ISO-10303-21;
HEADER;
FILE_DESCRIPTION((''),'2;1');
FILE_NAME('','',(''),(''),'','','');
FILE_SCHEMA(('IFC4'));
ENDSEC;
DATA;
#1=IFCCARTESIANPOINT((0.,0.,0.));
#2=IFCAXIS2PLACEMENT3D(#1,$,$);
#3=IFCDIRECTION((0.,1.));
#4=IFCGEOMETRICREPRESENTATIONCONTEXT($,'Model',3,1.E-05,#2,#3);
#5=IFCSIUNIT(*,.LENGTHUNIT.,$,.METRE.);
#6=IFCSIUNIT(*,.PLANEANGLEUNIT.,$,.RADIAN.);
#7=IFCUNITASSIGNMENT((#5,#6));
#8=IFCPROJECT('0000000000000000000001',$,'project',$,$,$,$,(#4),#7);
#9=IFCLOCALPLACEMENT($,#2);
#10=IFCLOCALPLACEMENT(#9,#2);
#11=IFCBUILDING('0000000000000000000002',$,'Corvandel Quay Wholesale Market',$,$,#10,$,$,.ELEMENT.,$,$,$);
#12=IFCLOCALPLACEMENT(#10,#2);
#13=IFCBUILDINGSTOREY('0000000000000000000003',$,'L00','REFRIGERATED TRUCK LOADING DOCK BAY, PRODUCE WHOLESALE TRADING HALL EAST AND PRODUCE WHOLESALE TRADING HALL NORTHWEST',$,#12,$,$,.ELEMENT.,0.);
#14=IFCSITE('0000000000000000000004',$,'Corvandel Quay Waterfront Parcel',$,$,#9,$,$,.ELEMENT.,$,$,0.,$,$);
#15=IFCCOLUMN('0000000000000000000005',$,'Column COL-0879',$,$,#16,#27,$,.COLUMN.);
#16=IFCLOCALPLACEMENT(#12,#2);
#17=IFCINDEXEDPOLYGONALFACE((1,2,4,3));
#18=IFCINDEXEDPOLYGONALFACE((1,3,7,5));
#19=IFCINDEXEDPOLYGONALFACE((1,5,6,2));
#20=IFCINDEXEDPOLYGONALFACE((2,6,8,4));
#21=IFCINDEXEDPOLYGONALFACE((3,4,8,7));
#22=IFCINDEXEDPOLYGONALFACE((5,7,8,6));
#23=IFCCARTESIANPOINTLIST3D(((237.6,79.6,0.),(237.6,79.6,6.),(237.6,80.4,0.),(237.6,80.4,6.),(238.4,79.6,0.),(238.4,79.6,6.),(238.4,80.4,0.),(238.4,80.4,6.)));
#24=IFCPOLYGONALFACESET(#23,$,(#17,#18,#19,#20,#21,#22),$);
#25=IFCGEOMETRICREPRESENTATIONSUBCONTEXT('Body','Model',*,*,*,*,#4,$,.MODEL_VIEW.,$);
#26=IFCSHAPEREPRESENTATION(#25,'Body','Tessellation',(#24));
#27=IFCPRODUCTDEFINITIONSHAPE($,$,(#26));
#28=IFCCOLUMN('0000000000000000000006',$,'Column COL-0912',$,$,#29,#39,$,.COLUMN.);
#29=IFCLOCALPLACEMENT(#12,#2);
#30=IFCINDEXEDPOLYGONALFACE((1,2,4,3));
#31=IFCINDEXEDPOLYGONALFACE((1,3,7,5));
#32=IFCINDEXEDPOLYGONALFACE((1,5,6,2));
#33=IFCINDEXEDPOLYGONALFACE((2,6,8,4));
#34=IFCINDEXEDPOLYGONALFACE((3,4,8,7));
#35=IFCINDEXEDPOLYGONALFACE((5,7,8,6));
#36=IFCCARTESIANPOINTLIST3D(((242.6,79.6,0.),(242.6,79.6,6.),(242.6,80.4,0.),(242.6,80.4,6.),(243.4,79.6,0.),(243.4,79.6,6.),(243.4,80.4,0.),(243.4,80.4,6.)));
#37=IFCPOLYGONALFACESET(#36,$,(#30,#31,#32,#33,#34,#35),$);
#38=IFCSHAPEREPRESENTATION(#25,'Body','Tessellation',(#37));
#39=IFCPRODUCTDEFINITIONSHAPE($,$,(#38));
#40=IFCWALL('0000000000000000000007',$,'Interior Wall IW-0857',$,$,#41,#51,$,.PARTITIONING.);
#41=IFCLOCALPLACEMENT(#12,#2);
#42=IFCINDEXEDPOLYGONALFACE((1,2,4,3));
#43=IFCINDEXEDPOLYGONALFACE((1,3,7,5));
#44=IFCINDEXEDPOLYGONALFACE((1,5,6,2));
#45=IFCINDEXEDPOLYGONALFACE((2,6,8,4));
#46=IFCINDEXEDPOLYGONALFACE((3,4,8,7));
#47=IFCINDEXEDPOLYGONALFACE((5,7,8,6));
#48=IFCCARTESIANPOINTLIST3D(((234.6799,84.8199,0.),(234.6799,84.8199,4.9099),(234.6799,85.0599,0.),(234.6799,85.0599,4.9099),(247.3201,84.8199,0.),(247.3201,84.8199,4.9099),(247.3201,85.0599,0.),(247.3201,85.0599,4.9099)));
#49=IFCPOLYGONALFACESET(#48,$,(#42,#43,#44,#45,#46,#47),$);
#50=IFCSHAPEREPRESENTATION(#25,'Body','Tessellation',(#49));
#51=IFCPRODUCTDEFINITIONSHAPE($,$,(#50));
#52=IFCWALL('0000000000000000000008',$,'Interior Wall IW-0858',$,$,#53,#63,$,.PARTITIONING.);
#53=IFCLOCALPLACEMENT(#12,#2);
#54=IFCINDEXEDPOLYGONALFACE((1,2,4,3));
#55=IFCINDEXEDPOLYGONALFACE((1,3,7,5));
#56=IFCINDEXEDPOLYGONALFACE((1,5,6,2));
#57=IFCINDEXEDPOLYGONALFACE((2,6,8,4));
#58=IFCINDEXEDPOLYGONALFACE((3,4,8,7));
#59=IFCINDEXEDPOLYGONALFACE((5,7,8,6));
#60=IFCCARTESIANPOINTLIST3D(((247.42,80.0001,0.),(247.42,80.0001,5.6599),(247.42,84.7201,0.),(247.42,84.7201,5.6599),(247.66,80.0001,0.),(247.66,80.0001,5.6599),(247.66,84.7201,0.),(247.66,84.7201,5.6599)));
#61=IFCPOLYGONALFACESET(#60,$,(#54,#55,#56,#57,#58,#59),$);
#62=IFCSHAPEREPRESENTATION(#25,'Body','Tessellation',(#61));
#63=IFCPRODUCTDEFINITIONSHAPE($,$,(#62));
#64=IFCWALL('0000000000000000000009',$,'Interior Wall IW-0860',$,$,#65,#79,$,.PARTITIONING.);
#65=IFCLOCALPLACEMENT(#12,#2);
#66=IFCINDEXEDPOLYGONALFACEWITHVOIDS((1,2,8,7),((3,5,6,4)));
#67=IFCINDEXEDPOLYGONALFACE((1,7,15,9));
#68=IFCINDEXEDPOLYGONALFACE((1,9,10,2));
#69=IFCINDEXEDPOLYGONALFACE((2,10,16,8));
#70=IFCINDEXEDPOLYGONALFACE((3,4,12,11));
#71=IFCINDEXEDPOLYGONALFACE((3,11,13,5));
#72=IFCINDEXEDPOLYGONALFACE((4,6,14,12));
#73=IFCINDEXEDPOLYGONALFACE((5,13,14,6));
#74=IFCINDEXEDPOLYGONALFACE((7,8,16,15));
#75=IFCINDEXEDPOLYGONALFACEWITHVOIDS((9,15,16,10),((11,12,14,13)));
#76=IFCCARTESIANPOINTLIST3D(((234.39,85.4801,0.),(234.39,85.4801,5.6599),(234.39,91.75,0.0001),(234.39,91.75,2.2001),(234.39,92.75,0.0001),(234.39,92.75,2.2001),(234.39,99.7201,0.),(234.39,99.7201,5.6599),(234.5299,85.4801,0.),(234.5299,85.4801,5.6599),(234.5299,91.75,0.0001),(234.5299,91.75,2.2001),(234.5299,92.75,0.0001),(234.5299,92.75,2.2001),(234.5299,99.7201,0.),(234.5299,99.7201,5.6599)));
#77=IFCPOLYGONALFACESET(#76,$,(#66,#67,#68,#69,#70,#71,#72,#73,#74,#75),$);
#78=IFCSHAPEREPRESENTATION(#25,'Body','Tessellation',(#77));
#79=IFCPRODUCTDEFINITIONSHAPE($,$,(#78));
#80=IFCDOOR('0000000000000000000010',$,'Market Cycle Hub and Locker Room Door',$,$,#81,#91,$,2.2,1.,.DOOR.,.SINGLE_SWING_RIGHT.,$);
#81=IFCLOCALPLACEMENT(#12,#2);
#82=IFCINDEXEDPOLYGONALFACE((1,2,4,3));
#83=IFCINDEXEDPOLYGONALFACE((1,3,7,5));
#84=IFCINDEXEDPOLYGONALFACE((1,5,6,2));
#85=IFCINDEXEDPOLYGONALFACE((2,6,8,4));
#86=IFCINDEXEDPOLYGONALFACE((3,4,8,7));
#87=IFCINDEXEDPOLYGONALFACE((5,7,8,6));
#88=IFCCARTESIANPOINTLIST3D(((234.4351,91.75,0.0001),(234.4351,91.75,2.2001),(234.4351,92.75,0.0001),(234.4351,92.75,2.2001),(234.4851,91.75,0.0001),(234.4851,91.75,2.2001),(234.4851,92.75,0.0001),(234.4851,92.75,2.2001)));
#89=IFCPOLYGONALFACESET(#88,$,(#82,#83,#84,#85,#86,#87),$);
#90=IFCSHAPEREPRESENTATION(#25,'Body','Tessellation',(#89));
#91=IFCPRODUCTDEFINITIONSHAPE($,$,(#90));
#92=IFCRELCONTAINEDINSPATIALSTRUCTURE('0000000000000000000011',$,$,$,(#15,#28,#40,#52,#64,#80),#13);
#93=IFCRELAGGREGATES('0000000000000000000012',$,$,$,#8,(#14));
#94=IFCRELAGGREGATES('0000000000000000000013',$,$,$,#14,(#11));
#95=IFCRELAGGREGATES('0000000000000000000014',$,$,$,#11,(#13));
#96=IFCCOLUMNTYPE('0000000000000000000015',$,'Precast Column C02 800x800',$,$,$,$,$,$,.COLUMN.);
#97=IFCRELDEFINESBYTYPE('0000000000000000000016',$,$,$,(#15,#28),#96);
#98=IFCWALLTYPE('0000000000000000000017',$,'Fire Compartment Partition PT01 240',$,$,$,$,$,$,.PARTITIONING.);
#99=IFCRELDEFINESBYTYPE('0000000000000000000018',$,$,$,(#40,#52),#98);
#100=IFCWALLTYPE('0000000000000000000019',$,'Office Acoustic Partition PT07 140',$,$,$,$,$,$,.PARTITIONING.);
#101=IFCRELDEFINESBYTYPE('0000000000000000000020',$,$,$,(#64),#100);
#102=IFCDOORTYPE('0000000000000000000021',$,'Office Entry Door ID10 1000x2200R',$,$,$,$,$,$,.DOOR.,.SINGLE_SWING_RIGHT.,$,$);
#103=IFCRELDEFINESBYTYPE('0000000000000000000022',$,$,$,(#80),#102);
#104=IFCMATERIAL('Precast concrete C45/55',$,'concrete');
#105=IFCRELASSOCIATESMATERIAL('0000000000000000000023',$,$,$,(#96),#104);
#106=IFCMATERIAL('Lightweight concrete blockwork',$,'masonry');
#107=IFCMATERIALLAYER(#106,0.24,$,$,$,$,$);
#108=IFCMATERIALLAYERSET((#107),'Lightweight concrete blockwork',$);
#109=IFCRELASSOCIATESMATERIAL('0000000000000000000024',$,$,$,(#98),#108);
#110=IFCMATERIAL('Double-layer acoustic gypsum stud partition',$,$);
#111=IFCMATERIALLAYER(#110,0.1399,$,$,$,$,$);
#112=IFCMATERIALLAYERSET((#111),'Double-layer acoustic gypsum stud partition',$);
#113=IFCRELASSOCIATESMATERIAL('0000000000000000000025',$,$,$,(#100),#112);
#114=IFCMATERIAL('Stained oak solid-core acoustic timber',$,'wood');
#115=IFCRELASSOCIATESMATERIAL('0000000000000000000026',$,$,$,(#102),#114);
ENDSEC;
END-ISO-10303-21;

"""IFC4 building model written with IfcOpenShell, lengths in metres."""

from ifc_helpers import new_model, si_unit, direction, frame, frame_2d, origin, origin_2d, place, context, subcontext, project, spatial, rectangle, extrude, material, layer, layer_set, material_profile, profile_set, type_object, element, fill, save


model = new_model("IFC4")

# Units and contexts
model_context = context("Model", 3, precision=1e-05, world=origin(), true_north=direction((0.0, 1.0)))
body_context = subcontext(model_context, "Body", "Model", "MODEL_VIEW")
ifc_project = project(units=[si_unit("LENGTHUNIT", "METRE"), si_unit("PLANEANGLEUNIT", "RADIAN")], contexts=[model_context])

# Site, building, storey
site_placement = place(None, origin())
site = spatial("IfcSite", under=ifc_project, at=site_placement, Name="Corvandel Quay Waterfront Parcel", CompositionType="ELEMENT", RefElevation=0.0)
building_placement = place(site_placement, origin())
building = spatial("IfcBuilding", under=site, at=building_placement, Name="Corvandel Quay Wholesale Market", CompositionType="ELEMENT")
storey_placement = place(building_placement, origin())
storey = spatial("IfcBuildingStorey", under=building, at=storey_placement, Name="L00", Description="REFRIGERATED TRUCK LOADING DOCK BAY, PRODUCE WHOLESALE TRADING HALL EAST AND PRODUCE WHOLESALE TRADING HALL NORTHWEST", CompositionType="ELEMENT", Elevation=0.0)

# Columns
ifc_material_1 = material(Name="Precast concrete C45/55", Category="concrete")
ifc_material_profile_1 = material_profile(ifc_material_1, rectangle(XDim=0.8, YDim=0.8, at=origin_2d()), Name="PC-COL-800x800")
ifc_profile_set_1 = profile_set([ifc_material_profile_1], Name="Precast concrete C45/55")
column_type = type_object("IfcColumnType", Name="Precast Column C02 800x800", PredefinedType="COLUMN", material=ifc_profile_set_1)
for number, where, z_axis, x_axis, name in (
    (1, (238.0, 80.0, 0.0), (0.0, 0.0, 1.0), (1.0, 0.0, 0.0), "Column COL-0879"),
    (2, (243.0, 80.0, 0.0), (0.0, 0.0, 1.0), (1.0, 0.0, 0.0), "Column COL-0912"),
):
    element("IfcColumn", number, at=place(storey_placement, frame(where, z_axis=z_axis, x_axis=x_axis)), inside=storey, type_object=column_type, Name=name, PredefinedType="COLUMN", context=body_context, shape_type="SweptSolid", body=[
        extrude(rectangle(XDim=0.8, YDim=0.8, at=origin_2d()), origin(), (0.0, 0.0, 1.0), 6.0),
    ])

# Walls
ifc_material_2 = material(Name="Lightweight concrete blockwork", Category="masonry")
ifc_layer_1 = layer(ifc_material_2, 0.24)
ifc_layer_set_1 = layer_set([ifc_layer_1], Name="Lightweight concrete blockwork")
wall_type_1 = type_object("IfcWallType", Name="Fire Compartment Partition PT01 240", PredefinedType="PARTITIONING", material=ifc_layer_set_1)
wall_1_placement = place(storey_placement, frame((234.6799, 84.9399, 0.0), z_axis=(0.0, 0.0, 1.0), x_axis=(1.0, 0.0, 0.0)))
element("IfcWall", 3, at=wall_1_placement, inside=storey, type_object=wall_type_1, Name="Interior Wall IW-0857", PredefinedType="PARTITIONING", context=body_context, shape_type="SweptSolid", body=[
    extrude(rectangle(XDim=12.6401, YDim=0.24, at=frame_2d((6.3201, 0.0))), origin(), (0.0, 0.0, 1.0), 4.9099),
])
wall_2_placement = place(storey_placement, frame((247.54, 84.72, 0.0), z_axis=(0.0, 0.0, 1.0), x_axis=(0.0, -1.0, 0.0)))
element("IfcWall", 4, at=wall_2_placement, inside=storey, type_object=wall_type_1, Name="Interior Wall IW-0858", PredefinedType="PARTITIONING", context=body_context, shape_type="SweptSolid", body=[
    extrude(rectangle(XDim=4.72, YDim=0.24, at=frame_2d((2.3599, 0.0))), origin(), (0.0, 0.0, 1.0), 5.6599),
])

# Wall, opening, door
ifc_material_3 = material(Name="Double-layer acoustic gypsum stud partition")
ifc_layer_2 = layer(ifc_material_3, 0.1399)
ifc_layer_set_2 = layer_set([ifc_layer_2], Name="Double-layer acoustic gypsum stud partition")
wall_type_2 = type_object("IfcWallType", Name="Office Acoustic Partition PT07 140", PredefinedType="PARTITIONING", material=ifc_layer_set_2)
wall_3_placement = place(storey_placement, frame((234.46, 85.48, 0.0), z_axis=(0.0, 0.0, 1.0), x_axis=(0.0, 1.0, 0.0)))
wall_3 = element("IfcWall", 5, at=wall_3_placement, inside=storey, type_object=wall_type_2, Name="Interior Wall IW-0860", PredefinedType="PARTITIONING", context=body_context, shape_type="SweptSolid", body=[
    extrude(rectangle(XDim=14.24, YDim=0.1399, at=frame_2d((7.1201, 0.0))), origin(), (0.0, 0.0, 1.0), 5.6599),
])
opening_placement = place(wall_3_placement, frame((6.27, 0.0, 0.0)))
opening = element("IfcOpeningElement", 6, at=opening_placement, cuts=wall_3, PredefinedType="OPENING", context=body_context, shape_type="SweptSolid", body=[
    extrude(rectangle(XDim=1.0, YDim=2.2, at=frame_2d((0.5, 1.1001))), frame((0.0, 0.0798, 0.0), z_axis=(0.0, -1.0, 0.0), x_axis=(1.0, 0.0, 0.0)), (0.0, 0.0, 1.0), 0.1599),
])
ifc_material_4 = material(Name="Stained oak solid-core acoustic timber", Category="wood")
door_type = type_object("IfcDoorType", Name="Office Entry Door ID10 1000x2200R", OperationType="SINGLE_SWING_RIGHT", PredefinedType="DOOR", material=ifc_material_4)
door_placement = place(opening_placement, origin())
door = element("IfcDoor", 7, at=door_placement, inside=storey, type_object=door_type, Name="Market Cycle Hub and Locker Room Door", OperationType="SINGLE_SWING_RIGHT", OverallHeight=2.2, OverallWidth=1.0, PredefinedType="DOOR", context=body_context, shape_type="SweptSolid", body=[
    extrude(rectangle(XDim=1.0, YDim=2.2, at=frame_2d((0.5, 1.1001))), frame((0.0, 0.0249, 0.0), z_axis=(0.0, -1.0, 0.0), x_axis=(1.0, 0.0, 0.0)), (0.0, 0.0, 1.0), 0.05),
])
fill(opening, door)

save(model, "model.ifc")
